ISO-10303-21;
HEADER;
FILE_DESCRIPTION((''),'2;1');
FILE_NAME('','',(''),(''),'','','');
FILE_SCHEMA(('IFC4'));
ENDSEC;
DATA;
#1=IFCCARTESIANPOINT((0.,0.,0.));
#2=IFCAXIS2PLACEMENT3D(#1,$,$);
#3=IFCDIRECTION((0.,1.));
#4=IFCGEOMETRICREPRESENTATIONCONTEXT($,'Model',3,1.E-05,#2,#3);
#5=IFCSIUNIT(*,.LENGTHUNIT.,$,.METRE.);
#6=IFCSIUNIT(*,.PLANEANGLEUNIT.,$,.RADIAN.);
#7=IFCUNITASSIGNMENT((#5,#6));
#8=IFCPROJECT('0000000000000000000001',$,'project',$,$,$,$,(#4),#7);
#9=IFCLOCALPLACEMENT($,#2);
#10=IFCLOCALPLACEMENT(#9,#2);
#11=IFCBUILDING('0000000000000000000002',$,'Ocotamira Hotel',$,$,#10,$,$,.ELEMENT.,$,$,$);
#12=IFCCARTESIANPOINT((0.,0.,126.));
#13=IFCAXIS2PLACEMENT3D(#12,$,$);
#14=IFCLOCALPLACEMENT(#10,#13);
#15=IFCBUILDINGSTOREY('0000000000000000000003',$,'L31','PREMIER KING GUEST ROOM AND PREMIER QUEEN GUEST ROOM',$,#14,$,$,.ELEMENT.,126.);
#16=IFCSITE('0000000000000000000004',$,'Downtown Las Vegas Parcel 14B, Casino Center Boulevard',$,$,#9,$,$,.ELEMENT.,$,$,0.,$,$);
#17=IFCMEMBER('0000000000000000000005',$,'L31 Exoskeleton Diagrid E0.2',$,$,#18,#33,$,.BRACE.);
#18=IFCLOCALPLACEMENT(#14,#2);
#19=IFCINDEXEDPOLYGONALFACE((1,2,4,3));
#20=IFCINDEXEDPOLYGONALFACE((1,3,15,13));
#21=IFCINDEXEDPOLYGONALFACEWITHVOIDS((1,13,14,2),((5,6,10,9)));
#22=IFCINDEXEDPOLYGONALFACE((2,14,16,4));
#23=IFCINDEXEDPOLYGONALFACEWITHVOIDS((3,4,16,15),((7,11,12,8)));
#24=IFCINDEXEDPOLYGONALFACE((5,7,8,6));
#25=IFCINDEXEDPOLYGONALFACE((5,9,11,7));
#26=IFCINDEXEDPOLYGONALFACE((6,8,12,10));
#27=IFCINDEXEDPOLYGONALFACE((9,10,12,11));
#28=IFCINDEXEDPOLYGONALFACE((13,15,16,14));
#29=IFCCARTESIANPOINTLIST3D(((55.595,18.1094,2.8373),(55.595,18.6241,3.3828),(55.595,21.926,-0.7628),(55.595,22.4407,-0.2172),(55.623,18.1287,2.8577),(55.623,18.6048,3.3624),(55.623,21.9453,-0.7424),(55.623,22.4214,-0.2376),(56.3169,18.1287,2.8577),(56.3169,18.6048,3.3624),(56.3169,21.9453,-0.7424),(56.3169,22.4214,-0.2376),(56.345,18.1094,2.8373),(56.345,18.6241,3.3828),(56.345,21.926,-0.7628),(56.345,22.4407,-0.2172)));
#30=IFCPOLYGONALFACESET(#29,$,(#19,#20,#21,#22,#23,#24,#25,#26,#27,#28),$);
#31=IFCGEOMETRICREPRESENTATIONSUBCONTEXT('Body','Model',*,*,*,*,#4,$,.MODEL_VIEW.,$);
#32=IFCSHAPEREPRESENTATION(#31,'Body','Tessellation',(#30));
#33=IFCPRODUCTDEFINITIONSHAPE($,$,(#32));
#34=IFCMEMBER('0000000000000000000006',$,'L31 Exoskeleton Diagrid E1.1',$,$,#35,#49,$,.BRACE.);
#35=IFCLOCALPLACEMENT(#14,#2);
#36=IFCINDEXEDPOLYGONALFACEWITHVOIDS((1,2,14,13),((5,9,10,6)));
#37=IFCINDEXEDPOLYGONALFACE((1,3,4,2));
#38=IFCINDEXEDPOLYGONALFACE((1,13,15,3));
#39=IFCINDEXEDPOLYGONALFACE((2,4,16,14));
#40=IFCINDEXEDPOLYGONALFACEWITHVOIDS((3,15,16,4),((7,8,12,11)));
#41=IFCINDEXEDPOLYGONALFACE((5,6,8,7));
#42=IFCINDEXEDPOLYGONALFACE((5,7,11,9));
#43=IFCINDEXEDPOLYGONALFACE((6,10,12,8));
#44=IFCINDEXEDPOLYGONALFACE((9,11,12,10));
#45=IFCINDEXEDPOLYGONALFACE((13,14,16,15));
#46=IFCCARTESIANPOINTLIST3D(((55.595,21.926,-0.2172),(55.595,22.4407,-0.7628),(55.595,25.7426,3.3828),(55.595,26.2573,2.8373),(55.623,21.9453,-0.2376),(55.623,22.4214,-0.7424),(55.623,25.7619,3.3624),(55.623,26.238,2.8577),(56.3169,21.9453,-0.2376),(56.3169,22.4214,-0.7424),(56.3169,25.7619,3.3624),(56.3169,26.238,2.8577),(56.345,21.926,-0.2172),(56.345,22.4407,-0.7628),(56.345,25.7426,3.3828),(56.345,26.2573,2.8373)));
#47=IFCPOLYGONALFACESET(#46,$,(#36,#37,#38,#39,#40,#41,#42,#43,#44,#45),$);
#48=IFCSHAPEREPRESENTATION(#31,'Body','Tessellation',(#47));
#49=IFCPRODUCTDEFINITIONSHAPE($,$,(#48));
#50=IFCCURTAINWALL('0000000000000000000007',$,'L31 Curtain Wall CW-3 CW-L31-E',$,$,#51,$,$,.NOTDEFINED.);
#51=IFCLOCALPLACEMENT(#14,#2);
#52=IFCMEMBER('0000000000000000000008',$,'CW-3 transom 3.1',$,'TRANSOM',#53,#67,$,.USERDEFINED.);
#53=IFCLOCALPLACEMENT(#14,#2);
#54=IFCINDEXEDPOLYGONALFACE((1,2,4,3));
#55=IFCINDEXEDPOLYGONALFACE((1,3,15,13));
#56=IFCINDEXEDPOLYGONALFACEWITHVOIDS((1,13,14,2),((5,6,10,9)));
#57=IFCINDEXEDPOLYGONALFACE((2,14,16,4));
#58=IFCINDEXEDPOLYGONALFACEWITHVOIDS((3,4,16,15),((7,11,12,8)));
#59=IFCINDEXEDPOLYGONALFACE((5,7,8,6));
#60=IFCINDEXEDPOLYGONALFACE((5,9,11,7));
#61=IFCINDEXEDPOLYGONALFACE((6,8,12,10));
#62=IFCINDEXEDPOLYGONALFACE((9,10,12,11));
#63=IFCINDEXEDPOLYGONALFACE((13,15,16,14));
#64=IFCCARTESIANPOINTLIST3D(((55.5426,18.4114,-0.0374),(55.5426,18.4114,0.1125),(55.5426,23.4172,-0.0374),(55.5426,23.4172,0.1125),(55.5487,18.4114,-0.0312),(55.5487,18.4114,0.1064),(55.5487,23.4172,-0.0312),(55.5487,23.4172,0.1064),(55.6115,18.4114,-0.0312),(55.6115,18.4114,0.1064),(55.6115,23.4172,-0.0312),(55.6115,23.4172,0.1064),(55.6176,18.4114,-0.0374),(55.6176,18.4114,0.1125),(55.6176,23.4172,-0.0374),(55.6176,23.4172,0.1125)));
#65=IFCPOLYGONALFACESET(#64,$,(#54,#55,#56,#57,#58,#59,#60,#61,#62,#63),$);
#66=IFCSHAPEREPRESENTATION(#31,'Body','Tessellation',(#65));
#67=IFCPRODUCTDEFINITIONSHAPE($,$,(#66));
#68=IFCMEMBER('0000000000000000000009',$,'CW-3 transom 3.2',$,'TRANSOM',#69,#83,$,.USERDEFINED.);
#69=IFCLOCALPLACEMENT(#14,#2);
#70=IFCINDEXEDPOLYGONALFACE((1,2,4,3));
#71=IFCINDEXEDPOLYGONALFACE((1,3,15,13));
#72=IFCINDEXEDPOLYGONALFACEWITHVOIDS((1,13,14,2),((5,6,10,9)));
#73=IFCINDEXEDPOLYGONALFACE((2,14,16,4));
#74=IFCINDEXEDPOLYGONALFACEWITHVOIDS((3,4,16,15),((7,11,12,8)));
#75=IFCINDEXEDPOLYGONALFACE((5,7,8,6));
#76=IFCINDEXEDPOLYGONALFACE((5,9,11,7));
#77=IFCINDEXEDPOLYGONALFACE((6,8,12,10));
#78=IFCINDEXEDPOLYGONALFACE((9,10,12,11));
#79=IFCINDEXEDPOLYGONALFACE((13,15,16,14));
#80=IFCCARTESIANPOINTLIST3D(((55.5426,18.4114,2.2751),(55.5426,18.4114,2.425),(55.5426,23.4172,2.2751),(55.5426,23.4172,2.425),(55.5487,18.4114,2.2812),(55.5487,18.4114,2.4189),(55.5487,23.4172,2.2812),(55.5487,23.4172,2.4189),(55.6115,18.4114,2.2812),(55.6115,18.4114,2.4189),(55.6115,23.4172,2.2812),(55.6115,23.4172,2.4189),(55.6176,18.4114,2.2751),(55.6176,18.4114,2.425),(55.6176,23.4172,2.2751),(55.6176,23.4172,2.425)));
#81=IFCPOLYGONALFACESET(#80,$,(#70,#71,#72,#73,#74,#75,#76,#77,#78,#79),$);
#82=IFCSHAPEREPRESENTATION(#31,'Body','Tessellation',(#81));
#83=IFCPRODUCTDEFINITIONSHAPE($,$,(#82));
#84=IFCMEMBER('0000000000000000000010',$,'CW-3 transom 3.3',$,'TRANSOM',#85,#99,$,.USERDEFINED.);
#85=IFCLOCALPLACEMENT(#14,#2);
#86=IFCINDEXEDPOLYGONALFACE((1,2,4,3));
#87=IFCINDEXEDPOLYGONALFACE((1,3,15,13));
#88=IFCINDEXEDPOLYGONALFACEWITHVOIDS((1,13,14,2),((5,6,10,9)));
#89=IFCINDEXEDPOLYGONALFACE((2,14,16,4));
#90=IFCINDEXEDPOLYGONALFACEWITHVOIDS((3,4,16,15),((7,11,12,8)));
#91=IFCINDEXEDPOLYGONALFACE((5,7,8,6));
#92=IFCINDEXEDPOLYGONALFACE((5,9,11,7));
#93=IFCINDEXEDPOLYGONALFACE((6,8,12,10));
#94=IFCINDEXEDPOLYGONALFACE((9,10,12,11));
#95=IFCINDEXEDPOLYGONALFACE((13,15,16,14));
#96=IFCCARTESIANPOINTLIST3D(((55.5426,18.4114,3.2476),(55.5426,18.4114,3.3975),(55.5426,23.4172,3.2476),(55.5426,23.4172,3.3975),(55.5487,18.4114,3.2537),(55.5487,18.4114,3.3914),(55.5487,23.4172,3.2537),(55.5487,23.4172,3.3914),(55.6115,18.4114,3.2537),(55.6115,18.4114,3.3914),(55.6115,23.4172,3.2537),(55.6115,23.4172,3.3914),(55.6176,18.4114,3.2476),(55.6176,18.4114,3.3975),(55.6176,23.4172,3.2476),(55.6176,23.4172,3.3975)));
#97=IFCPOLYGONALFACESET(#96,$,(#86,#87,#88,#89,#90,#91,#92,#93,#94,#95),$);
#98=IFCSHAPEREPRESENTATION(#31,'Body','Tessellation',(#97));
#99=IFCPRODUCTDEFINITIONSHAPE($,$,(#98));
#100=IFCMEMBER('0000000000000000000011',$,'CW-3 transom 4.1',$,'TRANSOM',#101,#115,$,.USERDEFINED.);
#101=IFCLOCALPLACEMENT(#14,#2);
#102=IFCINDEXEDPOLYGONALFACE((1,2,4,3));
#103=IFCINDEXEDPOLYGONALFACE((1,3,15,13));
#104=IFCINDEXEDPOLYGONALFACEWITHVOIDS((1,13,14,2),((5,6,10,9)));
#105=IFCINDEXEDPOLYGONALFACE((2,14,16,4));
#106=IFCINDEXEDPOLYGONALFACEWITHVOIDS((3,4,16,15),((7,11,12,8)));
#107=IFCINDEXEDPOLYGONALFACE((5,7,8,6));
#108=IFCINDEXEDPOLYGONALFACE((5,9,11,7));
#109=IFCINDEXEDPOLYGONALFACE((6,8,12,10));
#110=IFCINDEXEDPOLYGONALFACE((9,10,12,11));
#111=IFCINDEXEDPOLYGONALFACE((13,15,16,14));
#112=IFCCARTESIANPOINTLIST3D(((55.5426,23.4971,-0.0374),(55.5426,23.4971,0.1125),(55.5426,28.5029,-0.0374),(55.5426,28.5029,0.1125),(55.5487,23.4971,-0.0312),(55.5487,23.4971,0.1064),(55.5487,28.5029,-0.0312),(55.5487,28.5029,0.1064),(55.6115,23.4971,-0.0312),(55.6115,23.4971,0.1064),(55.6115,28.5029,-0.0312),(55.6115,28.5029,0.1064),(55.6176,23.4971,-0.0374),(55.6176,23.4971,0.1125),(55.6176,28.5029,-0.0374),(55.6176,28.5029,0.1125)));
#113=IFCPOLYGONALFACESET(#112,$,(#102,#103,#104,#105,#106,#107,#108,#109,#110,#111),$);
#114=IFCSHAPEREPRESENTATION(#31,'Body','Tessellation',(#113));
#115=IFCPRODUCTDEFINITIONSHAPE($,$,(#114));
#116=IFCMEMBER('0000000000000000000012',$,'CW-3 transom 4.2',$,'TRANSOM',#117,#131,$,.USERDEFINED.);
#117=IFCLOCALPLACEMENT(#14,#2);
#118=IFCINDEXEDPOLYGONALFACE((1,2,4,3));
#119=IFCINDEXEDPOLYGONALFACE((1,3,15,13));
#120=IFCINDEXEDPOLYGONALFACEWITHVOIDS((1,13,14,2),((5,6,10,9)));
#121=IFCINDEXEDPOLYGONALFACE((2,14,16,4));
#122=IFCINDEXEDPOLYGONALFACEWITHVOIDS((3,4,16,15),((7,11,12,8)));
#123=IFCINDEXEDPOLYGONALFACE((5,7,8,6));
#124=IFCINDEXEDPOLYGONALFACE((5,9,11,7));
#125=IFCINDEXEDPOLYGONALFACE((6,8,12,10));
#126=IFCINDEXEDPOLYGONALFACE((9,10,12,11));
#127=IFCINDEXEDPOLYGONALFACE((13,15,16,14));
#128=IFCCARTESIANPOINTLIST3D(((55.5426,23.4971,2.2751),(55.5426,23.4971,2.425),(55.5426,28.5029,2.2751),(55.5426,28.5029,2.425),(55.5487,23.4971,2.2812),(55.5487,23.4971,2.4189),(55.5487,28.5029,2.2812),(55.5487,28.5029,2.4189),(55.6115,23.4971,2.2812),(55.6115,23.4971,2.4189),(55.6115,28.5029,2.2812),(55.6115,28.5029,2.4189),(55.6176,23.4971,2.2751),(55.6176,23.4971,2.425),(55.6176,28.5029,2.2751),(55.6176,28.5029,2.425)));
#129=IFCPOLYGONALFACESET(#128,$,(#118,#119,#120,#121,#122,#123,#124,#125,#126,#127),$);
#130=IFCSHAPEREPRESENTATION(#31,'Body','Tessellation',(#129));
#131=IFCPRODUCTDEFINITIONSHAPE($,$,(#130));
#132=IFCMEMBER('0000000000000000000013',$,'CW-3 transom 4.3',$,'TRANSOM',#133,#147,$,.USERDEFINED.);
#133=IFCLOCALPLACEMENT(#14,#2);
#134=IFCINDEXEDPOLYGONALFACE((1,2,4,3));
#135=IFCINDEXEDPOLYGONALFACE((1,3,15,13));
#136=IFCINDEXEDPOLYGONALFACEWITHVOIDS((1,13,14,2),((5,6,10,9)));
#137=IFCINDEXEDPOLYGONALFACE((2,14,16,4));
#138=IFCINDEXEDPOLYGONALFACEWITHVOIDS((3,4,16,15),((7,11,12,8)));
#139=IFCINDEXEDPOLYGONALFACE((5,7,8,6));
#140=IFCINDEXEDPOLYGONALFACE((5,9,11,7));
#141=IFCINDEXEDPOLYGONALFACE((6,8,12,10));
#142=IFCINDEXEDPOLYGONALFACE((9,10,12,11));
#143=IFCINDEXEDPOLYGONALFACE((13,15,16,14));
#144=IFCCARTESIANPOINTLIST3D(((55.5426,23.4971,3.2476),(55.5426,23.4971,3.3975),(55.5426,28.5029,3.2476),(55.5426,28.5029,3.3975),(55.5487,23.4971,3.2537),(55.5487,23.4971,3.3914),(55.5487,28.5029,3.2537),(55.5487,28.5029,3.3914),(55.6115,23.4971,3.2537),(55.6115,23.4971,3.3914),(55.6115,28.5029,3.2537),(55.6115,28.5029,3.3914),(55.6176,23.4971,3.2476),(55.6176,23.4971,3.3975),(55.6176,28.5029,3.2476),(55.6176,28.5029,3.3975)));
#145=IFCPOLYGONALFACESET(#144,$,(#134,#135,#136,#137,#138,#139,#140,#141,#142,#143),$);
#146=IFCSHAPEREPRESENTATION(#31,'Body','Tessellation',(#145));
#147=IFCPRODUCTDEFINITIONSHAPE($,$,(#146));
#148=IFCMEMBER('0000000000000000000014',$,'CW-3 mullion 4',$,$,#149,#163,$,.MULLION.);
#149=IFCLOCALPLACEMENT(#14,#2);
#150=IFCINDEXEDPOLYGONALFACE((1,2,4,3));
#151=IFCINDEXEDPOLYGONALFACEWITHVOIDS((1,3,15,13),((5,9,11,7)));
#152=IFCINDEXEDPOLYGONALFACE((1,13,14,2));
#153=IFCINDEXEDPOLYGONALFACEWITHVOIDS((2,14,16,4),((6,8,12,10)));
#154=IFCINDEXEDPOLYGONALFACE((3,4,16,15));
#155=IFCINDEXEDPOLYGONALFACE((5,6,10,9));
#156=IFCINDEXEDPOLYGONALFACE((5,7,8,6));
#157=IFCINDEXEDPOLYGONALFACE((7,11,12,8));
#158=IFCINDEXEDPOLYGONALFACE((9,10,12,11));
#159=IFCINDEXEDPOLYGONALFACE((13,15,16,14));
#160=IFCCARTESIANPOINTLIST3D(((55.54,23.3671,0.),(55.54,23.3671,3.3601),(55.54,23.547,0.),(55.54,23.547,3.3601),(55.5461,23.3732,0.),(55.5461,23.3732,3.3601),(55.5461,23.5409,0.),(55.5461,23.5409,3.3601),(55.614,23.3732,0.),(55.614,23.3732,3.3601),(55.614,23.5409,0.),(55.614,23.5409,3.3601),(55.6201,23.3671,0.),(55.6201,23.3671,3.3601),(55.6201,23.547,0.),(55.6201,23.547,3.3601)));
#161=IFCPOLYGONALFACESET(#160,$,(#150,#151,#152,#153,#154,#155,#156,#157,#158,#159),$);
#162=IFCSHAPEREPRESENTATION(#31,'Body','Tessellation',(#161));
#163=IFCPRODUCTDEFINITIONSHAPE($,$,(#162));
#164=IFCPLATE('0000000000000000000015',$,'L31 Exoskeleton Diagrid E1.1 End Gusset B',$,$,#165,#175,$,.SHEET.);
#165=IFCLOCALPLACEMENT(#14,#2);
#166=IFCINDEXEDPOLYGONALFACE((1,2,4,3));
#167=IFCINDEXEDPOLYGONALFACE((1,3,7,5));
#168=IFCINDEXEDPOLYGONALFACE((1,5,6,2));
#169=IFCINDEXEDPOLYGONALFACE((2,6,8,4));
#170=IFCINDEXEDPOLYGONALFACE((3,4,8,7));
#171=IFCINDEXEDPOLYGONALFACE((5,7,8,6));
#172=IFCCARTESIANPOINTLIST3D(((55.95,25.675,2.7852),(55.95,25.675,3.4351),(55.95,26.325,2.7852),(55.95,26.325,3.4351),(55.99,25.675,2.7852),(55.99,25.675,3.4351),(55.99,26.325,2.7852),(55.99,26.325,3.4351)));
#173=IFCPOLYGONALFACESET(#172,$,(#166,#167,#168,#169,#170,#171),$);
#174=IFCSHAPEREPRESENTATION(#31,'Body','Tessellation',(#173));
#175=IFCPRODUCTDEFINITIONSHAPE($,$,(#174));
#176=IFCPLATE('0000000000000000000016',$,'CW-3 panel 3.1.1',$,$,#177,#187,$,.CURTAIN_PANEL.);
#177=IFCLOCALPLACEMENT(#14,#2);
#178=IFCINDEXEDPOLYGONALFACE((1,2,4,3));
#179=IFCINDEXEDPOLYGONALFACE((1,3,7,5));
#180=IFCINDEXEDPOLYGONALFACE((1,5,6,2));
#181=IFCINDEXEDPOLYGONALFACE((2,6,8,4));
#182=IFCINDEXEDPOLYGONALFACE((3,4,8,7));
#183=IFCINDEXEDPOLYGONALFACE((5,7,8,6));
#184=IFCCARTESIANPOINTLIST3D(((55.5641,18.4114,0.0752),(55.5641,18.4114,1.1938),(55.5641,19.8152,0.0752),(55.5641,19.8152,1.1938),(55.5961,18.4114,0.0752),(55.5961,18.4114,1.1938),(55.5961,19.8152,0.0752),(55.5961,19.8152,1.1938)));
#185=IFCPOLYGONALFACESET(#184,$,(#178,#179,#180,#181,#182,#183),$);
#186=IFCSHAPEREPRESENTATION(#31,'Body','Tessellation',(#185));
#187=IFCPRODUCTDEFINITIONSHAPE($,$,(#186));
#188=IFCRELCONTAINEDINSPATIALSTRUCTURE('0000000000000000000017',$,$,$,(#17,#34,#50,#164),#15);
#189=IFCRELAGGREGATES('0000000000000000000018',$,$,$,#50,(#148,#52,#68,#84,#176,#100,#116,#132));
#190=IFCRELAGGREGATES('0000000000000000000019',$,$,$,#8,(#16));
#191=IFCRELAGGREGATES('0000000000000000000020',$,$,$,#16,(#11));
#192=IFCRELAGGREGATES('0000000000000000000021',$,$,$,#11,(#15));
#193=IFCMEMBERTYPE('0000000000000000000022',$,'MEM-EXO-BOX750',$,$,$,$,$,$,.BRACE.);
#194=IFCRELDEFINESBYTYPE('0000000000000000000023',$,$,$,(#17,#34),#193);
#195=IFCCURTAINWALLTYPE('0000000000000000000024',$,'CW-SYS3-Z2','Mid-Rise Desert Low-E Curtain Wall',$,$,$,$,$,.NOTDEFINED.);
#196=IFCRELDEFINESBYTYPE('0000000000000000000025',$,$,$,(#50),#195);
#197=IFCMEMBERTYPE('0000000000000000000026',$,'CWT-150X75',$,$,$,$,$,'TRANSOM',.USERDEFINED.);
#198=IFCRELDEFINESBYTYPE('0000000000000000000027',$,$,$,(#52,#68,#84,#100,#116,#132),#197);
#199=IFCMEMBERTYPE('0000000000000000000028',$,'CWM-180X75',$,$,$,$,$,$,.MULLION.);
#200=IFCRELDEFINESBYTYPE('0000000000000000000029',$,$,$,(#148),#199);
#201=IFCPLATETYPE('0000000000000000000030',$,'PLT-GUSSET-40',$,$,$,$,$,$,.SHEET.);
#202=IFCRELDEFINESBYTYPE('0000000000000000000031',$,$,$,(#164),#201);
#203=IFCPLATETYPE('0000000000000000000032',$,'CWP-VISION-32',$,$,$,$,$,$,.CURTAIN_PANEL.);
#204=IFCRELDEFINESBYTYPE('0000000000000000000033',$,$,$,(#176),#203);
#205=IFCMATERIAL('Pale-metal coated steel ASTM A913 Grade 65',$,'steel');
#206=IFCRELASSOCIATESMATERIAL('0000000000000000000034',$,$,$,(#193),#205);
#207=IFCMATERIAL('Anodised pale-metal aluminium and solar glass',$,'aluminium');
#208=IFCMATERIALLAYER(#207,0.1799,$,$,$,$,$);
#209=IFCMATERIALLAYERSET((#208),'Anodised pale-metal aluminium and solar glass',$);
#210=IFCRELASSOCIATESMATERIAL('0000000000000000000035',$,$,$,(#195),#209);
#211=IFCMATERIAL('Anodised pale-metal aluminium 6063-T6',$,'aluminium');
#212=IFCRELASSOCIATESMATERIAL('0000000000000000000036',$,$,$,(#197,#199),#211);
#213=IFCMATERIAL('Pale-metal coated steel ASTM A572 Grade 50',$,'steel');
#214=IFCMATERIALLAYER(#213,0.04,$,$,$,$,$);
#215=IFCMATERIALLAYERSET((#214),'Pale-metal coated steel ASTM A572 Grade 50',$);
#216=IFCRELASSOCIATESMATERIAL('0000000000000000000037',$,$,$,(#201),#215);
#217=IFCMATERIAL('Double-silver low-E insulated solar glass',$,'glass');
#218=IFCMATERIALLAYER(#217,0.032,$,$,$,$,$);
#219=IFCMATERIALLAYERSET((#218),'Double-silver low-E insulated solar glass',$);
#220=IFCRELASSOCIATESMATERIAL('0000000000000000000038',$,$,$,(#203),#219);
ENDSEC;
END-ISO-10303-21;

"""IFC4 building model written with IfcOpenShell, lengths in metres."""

from ifc_helpers import new_model, si_unit, direction, frame, origin, origin_2d, place, context, subcontext, project, spatial, rectangle, hollow_rectangle, extrude, source, transform, mapped, material, layer, layer_set, material_profile, profile_set, type_object, element, aggregate, save


model = new_model("IFC4")

# Units and contexts
model_context = context("Model", 3, precision=1e-05, world=origin(), true_north=direction((0.0, 1.0)))
body_context = subcontext(model_context, "Body", "Model", "MODEL_VIEW")
ifc_project = project(units=[si_unit("LENGTHUNIT", "METRE"), si_unit("PLANEANGLEUNIT", "RADIAN")], contexts=[model_context])

# Site, building, storey
site_placement = place(None, origin())
site = spatial("IfcSite", under=ifc_project, at=site_placement, Name="Downtown Las Vegas Parcel 14B, Casino Center Boulevard", CompositionType="ELEMENT", RefElevation=0.0)
building_placement = place(site_placement, origin())
building = spatial("IfcBuilding", under=site, at=building_placement, Name="Ocotamira Hotel", CompositionType="ELEMENT")
storey_placement = place(building_placement, frame((0.0, 0.0, 126.0)))
storey = spatial("IfcBuildingStorey", under=building, at=storey_placement, Name="L31", Description="PREMIER KING GUEST ROOM AND PREMIER QUEEN GUEST ROOM", CompositionType="ELEMENT", Elevation=126.0)

# Members
ifc_material_1 = material(Name="Pale-metal coated steel ASTM A913 Grade 65", Category="steel")
ifc_material_profile_1 = material_profile(ifc_material_1, hollow_rectangle(XDim=0.75, YDim=0.75, WallThickness=0.0281, at=origin_2d()), Name="BOX750X750X28")
ifc_profile_set_1 = profile_set([ifc_material_profile_1], Name="Pale-metal coated steel ASTM A913 Grade 65")
member_type_1 = type_object("IfcMemberType", Name="MEM-EXO-BOX750", PredefinedType="BRACE", material=ifc_profile_set_1)
shared_shape_1 = source(origin(), body_context, "Body", "SweptSolid", [
    extrude(hollow_rectangle(XDim=0.75, YDim=0.75, WallThickness=0.0281, at=origin_2d()), origin(), (0.0, 0.0, 1.0), 5.2466),
])
for number, where, z_axis, x_axis, name in (
    (1, (55.97, 22.1833, -0.49), (0.0, -0.727443, 0.686168), (1.0, 0.0, 0.0), "L31 Exoskeleton Diagrid E0.2"),
    (2, (55.97, 22.1833, -0.49), (0.0, 0.727443, 0.686168), (-1.0, 0.0, 0.0), "L31 Exoskeleton Diagrid E1.1"),
):
    element("IfcMember", number, at=place(storey_placement, frame(where, z_axis=z_axis, x_axis=x_axis)), inside=storey, type_object=member_type_1, Name=name, PredefinedType="BRACE", context=body_context, shape_type="MappedRepresentation", body=[
        mapped(shared_shape_1, transform((0.0, 0.0, 0.0), scale=1.0)),
    ])

# Curtain wall, members
ifc_material_2 = material(Name="Anodised pale-metal aluminium and solar glass", Category="aluminium")
ifc_layer_1 = layer(ifc_material_2, 0.1799)
ifc_layer_set_1 = layer_set([ifc_layer_1], Name="Anodised pale-metal aluminium and solar glass")
curtain_wall_type = type_object("IfcCurtainWallType", Name="CW-SYS3-Z2", Description="Mid-Rise Desert Low-E Curtain Wall", PredefinedType="NOTDEFINED", material=ifc_layer_set_1)
curtain_wall_placement = place(storey_placement, origin())
curtain_wall = element("IfcCurtainWall", 3, at=curtain_wall_placement, inside=storey, type_object=curtain_wall_type, Name="L31 Curtain Wall CW-3 CW-L31-E", PredefinedType="NOTDEFINED")
ifc_material_3 = material(Name="Anodised pale-metal aluminium 6063-T6", Category="aluminium")
ifc_material_profile_2 = material_profile(ifc_material_3, hollow_rectangle(XDim=0.075, YDim=0.1499, WallThickness=0.0061, at=origin_2d()), Name="HSS150X75X6")
ifc_profile_set_2 = profile_set([ifc_material_profile_2], Name="Anodised pale-metal aluminium 6063-T6")
member_type_2 = type_object("IfcMemberType", Name="CWT-150X75", ElementType="TRANSOM", PredefinedType="USERDEFINED", material=ifc_profile_set_2)
shared_shape_2 = source(origin(), body_context, "Body", "SweptSolid", [
    extrude(hollow_rectangle(XDim=0.075, YDim=0.1499, WallThickness=0.0061, at=origin_2d()), origin(), (0.0, 0.0, 1.0), 5.0059),
])
member_1_placement = place(storey_placement, frame((55.5801, 18.4114, 0.0376), z_axis=(0.0, 1.0, 0.0), x_axis=(-1.0, 0.0, 0.0)))
member_1 = element("IfcMember", 4, at=member_1_placement, type_object=member_type_2, Name="CW-3 transom 3.1", ObjectType="TRANSOM", PredefinedType="USERDEFINED", context=body_context, shape_type="MappedRepresentation", body=[
    mapped(shared_shape_2, transform((0.0, 0.0, 0.0), scale=1.0)),
])
member_2_placement = place(storey_placement, frame((55.5801, 18.4114, 2.3501), z_axis=(0.0, 1.0, 0.0), x_axis=(-1.0, 0.0, 0.0)))
member_2 = element("IfcMember", 5, at=member_2_placement, type_object=member_type_2, Name="CW-3 transom 3.2", ObjectType="TRANSOM", PredefinedType="USERDEFINED", context=body_context, shape_type="MappedRepresentation", body=[
    mapped(shared_shape_2, transform((0.0, 0.0, 0.0), scale=1.0)),
])
member_3_placement = place(storey_placement, frame((55.5801, 18.4114, 3.3225), z_axis=(0.0, 1.0, 0.0), x_axis=(-1.0, 0.0, 0.0)))
member_3 = element("IfcMember", 6, at=member_3_placement, type_object=member_type_2, Name="CW-3 transom 3.3", ObjectType="TRANSOM", PredefinedType="USERDEFINED", context=body_context, shape_type="MappedRepresentation", body=[
    mapped(shared_shape_2, transform((0.0, 0.0, 0.0), scale=1.0)),
])
member_4_placement = place(storey_placement, frame((55.5801, 23.4971, 0.0376), z_axis=(0.0, 1.0, 0.0), x_axis=(-1.0, 0.0, 0.0)))
member_4 = element("IfcMember", 7, at=member_4_placement, type_object=member_type_2, Name="CW-3 transom 4.1", ObjectType="TRANSOM", PredefinedType="USERDEFINED", context=body_context, shape_type="MappedRepresentation", body=[
    mapped(shared_shape_2, transform((0.0, 0.0, 0.0), scale=1.0)),
])
member_5_placement = place(storey_placement, frame((55.5801, 23.4971, 2.3501), z_axis=(0.0, 1.0, 0.0), x_axis=(-1.0, 0.0, 0.0)))
member_5 = element("IfcMember", 8, at=member_5_placement, type_object=member_type_2, Name="CW-3 transom 4.2", ObjectType="TRANSOM", PredefinedType="USERDEFINED", context=body_context, shape_type="MappedRepresentation", body=[
    mapped(shared_shape_2, transform((0.0, 0.0, 0.0), scale=1.0)),
])
member_6_placement = place(storey_placement, frame((55.5801, 23.4971, 3.3225), z_axis=(0.0, 1.0, 0.0), x_axis=(-1.0, 0.0, 0.0)))
member_6 = element("IfcMember", 9, at=member_6_placement, type_object=member_type_2, Name="CW-3 transom 4.3", ObjectType="TRANSOM", PredefinedType="USERDEFINED", context=body_context, shape_type="MappedRepresentation", body=[
    mapped(shared_shape_2, transform((0.0, 0.0, 0.0), scale=1.0)),
])
ifc_material_profile_3 = material_profile(ifc_material_3, hollow_rectangle(XDim=0.0801, YDim=0.1799, WallThickness=0.0061, at=origin_2d()), Name="HSS180X80X6")
ifc_profile_set_3 = profile_set([ifc_material_profile_3], Name="Anodised pale-metal aluminium 6063-T6")
member_type_3 = type_object("IfcMemberType", Name="CWM-180X75", PredefinedType="MULLION", material=ifc_profile_set_3)
shared_shape_3 = source(origin(), body_context, "Body", "SweptSolid", [
    extrude(hollow_rectangle(XDim=0.0801, YDim=0.1799, WallThickness=0.0061, at=origin_2d()), origin(), (0.0, 0.0, 1.0), 3.3601),
])
member_7_placement = place(storey_placement, frame((55.5801, 23.457, 0.0), z_axis=(0.0, 0.0, 1.0), x_axis=(-1.0, 0.0, 0.0)))
member_7 = element("IfcMember", 10, at=member_7_placement, type_object=member_type_3, Name="CW-3 mullion 4", PredefinedType="MULLION", context=body_context, shape_type="MappedRepresentation", body=[
    mapped(shared_shape_3, transform((0.0, 0.0, 0.0), scale=1.0)),
])

# Plates
ifc_material_4 = material(Name="Pale-metal coated steel ASTM A572 Grade 50", Category="steel")
ifc_layer_2 = layer(ifc_material_4, 0.04)
ifc_layer_set_2 = layer_set([ifc_layer_2], Name="Pale-metal coated steel ASTM A572 Grade 50")
plate_type_1 = type_object("IfcPlateType", Name="PLT-GUSSET-40", PredefinedType="SHEET", material=ifc_layer_set_2)
shared_shape_4 = source(origin(), body_context, "Body", "SweptSolid", [
    extrude(rectangle(XDim=0.04, YDim=0.6499, at=origin_2d()), origin(), (0.0, 0.0, 1.0), 0.6499),
])
plate_1_placement = place(storey_placement, frame((55.97, 26.0, 2.7852), z_axis=(0.0, 0.0, 1.0), x_axis=(1.0, 0.0, 0.0)))
element("IfcPlate", 11, at=plate_1_placement, inside=storey, type_object=plate_type_1, Name="L31 Exoskeleton Diagrid E1.1 End Gusset B", PredefinedType="SHEET", context=body_context, shape_type="MappedRepresentation", body=[
    mapped(shared_shape_4, transform((0.0, 0.0, 0.0), scale=1.0)),
])
ifc_material_5 = material(Name="Double-silver low-E insulated solar glass", Category="glass")
ifc_layer_3 = layer(ifc_material_5, 0.032)
ifc_layer_set_3 = layer_set([ifc_layer_3], Name="Double-silver low-E insulated solar glass")
plate_type_2 = type_object("IfcPlateType", Name="CWP-VISION-32", PredefinedType="CURTAIN_PANEL", material=ifc_layer_set_3)
shared_shape_5 = source(origin(), body_context, "Body", "SweptSolid", [
    extrude(rectangle(XDim=1.4038, YDim=0.032, at=origin_2d()), origin(), (0.0, 0.0, 1.0), 1.1187),
])
plate_2_placement = place(storey_placement, frame((55.5801, 19.1133, 0.0752), z_axis=(0.0, 0.0, 1.0), x_axis=(0.0, 1.0, 0.0)))
plate_2 = element("IfcPlate", 12, at=plate_2_placement, type_object=plate_type_2, Name="CW-3 panel 3.1.1", PredefinedType="CURTAIN_PANEL", context=body_context, shape_type="MappedRepresentation", body=[
    mapped(shared_shape_5, transform((0.0, 0.0, 0.0), scale=1.0)),
])
aggregate(curtain_wall, [member_7, member_1, member_2, member_3, plate_2, member_4, member_5, member_6])

save(model, "model.ifc")
